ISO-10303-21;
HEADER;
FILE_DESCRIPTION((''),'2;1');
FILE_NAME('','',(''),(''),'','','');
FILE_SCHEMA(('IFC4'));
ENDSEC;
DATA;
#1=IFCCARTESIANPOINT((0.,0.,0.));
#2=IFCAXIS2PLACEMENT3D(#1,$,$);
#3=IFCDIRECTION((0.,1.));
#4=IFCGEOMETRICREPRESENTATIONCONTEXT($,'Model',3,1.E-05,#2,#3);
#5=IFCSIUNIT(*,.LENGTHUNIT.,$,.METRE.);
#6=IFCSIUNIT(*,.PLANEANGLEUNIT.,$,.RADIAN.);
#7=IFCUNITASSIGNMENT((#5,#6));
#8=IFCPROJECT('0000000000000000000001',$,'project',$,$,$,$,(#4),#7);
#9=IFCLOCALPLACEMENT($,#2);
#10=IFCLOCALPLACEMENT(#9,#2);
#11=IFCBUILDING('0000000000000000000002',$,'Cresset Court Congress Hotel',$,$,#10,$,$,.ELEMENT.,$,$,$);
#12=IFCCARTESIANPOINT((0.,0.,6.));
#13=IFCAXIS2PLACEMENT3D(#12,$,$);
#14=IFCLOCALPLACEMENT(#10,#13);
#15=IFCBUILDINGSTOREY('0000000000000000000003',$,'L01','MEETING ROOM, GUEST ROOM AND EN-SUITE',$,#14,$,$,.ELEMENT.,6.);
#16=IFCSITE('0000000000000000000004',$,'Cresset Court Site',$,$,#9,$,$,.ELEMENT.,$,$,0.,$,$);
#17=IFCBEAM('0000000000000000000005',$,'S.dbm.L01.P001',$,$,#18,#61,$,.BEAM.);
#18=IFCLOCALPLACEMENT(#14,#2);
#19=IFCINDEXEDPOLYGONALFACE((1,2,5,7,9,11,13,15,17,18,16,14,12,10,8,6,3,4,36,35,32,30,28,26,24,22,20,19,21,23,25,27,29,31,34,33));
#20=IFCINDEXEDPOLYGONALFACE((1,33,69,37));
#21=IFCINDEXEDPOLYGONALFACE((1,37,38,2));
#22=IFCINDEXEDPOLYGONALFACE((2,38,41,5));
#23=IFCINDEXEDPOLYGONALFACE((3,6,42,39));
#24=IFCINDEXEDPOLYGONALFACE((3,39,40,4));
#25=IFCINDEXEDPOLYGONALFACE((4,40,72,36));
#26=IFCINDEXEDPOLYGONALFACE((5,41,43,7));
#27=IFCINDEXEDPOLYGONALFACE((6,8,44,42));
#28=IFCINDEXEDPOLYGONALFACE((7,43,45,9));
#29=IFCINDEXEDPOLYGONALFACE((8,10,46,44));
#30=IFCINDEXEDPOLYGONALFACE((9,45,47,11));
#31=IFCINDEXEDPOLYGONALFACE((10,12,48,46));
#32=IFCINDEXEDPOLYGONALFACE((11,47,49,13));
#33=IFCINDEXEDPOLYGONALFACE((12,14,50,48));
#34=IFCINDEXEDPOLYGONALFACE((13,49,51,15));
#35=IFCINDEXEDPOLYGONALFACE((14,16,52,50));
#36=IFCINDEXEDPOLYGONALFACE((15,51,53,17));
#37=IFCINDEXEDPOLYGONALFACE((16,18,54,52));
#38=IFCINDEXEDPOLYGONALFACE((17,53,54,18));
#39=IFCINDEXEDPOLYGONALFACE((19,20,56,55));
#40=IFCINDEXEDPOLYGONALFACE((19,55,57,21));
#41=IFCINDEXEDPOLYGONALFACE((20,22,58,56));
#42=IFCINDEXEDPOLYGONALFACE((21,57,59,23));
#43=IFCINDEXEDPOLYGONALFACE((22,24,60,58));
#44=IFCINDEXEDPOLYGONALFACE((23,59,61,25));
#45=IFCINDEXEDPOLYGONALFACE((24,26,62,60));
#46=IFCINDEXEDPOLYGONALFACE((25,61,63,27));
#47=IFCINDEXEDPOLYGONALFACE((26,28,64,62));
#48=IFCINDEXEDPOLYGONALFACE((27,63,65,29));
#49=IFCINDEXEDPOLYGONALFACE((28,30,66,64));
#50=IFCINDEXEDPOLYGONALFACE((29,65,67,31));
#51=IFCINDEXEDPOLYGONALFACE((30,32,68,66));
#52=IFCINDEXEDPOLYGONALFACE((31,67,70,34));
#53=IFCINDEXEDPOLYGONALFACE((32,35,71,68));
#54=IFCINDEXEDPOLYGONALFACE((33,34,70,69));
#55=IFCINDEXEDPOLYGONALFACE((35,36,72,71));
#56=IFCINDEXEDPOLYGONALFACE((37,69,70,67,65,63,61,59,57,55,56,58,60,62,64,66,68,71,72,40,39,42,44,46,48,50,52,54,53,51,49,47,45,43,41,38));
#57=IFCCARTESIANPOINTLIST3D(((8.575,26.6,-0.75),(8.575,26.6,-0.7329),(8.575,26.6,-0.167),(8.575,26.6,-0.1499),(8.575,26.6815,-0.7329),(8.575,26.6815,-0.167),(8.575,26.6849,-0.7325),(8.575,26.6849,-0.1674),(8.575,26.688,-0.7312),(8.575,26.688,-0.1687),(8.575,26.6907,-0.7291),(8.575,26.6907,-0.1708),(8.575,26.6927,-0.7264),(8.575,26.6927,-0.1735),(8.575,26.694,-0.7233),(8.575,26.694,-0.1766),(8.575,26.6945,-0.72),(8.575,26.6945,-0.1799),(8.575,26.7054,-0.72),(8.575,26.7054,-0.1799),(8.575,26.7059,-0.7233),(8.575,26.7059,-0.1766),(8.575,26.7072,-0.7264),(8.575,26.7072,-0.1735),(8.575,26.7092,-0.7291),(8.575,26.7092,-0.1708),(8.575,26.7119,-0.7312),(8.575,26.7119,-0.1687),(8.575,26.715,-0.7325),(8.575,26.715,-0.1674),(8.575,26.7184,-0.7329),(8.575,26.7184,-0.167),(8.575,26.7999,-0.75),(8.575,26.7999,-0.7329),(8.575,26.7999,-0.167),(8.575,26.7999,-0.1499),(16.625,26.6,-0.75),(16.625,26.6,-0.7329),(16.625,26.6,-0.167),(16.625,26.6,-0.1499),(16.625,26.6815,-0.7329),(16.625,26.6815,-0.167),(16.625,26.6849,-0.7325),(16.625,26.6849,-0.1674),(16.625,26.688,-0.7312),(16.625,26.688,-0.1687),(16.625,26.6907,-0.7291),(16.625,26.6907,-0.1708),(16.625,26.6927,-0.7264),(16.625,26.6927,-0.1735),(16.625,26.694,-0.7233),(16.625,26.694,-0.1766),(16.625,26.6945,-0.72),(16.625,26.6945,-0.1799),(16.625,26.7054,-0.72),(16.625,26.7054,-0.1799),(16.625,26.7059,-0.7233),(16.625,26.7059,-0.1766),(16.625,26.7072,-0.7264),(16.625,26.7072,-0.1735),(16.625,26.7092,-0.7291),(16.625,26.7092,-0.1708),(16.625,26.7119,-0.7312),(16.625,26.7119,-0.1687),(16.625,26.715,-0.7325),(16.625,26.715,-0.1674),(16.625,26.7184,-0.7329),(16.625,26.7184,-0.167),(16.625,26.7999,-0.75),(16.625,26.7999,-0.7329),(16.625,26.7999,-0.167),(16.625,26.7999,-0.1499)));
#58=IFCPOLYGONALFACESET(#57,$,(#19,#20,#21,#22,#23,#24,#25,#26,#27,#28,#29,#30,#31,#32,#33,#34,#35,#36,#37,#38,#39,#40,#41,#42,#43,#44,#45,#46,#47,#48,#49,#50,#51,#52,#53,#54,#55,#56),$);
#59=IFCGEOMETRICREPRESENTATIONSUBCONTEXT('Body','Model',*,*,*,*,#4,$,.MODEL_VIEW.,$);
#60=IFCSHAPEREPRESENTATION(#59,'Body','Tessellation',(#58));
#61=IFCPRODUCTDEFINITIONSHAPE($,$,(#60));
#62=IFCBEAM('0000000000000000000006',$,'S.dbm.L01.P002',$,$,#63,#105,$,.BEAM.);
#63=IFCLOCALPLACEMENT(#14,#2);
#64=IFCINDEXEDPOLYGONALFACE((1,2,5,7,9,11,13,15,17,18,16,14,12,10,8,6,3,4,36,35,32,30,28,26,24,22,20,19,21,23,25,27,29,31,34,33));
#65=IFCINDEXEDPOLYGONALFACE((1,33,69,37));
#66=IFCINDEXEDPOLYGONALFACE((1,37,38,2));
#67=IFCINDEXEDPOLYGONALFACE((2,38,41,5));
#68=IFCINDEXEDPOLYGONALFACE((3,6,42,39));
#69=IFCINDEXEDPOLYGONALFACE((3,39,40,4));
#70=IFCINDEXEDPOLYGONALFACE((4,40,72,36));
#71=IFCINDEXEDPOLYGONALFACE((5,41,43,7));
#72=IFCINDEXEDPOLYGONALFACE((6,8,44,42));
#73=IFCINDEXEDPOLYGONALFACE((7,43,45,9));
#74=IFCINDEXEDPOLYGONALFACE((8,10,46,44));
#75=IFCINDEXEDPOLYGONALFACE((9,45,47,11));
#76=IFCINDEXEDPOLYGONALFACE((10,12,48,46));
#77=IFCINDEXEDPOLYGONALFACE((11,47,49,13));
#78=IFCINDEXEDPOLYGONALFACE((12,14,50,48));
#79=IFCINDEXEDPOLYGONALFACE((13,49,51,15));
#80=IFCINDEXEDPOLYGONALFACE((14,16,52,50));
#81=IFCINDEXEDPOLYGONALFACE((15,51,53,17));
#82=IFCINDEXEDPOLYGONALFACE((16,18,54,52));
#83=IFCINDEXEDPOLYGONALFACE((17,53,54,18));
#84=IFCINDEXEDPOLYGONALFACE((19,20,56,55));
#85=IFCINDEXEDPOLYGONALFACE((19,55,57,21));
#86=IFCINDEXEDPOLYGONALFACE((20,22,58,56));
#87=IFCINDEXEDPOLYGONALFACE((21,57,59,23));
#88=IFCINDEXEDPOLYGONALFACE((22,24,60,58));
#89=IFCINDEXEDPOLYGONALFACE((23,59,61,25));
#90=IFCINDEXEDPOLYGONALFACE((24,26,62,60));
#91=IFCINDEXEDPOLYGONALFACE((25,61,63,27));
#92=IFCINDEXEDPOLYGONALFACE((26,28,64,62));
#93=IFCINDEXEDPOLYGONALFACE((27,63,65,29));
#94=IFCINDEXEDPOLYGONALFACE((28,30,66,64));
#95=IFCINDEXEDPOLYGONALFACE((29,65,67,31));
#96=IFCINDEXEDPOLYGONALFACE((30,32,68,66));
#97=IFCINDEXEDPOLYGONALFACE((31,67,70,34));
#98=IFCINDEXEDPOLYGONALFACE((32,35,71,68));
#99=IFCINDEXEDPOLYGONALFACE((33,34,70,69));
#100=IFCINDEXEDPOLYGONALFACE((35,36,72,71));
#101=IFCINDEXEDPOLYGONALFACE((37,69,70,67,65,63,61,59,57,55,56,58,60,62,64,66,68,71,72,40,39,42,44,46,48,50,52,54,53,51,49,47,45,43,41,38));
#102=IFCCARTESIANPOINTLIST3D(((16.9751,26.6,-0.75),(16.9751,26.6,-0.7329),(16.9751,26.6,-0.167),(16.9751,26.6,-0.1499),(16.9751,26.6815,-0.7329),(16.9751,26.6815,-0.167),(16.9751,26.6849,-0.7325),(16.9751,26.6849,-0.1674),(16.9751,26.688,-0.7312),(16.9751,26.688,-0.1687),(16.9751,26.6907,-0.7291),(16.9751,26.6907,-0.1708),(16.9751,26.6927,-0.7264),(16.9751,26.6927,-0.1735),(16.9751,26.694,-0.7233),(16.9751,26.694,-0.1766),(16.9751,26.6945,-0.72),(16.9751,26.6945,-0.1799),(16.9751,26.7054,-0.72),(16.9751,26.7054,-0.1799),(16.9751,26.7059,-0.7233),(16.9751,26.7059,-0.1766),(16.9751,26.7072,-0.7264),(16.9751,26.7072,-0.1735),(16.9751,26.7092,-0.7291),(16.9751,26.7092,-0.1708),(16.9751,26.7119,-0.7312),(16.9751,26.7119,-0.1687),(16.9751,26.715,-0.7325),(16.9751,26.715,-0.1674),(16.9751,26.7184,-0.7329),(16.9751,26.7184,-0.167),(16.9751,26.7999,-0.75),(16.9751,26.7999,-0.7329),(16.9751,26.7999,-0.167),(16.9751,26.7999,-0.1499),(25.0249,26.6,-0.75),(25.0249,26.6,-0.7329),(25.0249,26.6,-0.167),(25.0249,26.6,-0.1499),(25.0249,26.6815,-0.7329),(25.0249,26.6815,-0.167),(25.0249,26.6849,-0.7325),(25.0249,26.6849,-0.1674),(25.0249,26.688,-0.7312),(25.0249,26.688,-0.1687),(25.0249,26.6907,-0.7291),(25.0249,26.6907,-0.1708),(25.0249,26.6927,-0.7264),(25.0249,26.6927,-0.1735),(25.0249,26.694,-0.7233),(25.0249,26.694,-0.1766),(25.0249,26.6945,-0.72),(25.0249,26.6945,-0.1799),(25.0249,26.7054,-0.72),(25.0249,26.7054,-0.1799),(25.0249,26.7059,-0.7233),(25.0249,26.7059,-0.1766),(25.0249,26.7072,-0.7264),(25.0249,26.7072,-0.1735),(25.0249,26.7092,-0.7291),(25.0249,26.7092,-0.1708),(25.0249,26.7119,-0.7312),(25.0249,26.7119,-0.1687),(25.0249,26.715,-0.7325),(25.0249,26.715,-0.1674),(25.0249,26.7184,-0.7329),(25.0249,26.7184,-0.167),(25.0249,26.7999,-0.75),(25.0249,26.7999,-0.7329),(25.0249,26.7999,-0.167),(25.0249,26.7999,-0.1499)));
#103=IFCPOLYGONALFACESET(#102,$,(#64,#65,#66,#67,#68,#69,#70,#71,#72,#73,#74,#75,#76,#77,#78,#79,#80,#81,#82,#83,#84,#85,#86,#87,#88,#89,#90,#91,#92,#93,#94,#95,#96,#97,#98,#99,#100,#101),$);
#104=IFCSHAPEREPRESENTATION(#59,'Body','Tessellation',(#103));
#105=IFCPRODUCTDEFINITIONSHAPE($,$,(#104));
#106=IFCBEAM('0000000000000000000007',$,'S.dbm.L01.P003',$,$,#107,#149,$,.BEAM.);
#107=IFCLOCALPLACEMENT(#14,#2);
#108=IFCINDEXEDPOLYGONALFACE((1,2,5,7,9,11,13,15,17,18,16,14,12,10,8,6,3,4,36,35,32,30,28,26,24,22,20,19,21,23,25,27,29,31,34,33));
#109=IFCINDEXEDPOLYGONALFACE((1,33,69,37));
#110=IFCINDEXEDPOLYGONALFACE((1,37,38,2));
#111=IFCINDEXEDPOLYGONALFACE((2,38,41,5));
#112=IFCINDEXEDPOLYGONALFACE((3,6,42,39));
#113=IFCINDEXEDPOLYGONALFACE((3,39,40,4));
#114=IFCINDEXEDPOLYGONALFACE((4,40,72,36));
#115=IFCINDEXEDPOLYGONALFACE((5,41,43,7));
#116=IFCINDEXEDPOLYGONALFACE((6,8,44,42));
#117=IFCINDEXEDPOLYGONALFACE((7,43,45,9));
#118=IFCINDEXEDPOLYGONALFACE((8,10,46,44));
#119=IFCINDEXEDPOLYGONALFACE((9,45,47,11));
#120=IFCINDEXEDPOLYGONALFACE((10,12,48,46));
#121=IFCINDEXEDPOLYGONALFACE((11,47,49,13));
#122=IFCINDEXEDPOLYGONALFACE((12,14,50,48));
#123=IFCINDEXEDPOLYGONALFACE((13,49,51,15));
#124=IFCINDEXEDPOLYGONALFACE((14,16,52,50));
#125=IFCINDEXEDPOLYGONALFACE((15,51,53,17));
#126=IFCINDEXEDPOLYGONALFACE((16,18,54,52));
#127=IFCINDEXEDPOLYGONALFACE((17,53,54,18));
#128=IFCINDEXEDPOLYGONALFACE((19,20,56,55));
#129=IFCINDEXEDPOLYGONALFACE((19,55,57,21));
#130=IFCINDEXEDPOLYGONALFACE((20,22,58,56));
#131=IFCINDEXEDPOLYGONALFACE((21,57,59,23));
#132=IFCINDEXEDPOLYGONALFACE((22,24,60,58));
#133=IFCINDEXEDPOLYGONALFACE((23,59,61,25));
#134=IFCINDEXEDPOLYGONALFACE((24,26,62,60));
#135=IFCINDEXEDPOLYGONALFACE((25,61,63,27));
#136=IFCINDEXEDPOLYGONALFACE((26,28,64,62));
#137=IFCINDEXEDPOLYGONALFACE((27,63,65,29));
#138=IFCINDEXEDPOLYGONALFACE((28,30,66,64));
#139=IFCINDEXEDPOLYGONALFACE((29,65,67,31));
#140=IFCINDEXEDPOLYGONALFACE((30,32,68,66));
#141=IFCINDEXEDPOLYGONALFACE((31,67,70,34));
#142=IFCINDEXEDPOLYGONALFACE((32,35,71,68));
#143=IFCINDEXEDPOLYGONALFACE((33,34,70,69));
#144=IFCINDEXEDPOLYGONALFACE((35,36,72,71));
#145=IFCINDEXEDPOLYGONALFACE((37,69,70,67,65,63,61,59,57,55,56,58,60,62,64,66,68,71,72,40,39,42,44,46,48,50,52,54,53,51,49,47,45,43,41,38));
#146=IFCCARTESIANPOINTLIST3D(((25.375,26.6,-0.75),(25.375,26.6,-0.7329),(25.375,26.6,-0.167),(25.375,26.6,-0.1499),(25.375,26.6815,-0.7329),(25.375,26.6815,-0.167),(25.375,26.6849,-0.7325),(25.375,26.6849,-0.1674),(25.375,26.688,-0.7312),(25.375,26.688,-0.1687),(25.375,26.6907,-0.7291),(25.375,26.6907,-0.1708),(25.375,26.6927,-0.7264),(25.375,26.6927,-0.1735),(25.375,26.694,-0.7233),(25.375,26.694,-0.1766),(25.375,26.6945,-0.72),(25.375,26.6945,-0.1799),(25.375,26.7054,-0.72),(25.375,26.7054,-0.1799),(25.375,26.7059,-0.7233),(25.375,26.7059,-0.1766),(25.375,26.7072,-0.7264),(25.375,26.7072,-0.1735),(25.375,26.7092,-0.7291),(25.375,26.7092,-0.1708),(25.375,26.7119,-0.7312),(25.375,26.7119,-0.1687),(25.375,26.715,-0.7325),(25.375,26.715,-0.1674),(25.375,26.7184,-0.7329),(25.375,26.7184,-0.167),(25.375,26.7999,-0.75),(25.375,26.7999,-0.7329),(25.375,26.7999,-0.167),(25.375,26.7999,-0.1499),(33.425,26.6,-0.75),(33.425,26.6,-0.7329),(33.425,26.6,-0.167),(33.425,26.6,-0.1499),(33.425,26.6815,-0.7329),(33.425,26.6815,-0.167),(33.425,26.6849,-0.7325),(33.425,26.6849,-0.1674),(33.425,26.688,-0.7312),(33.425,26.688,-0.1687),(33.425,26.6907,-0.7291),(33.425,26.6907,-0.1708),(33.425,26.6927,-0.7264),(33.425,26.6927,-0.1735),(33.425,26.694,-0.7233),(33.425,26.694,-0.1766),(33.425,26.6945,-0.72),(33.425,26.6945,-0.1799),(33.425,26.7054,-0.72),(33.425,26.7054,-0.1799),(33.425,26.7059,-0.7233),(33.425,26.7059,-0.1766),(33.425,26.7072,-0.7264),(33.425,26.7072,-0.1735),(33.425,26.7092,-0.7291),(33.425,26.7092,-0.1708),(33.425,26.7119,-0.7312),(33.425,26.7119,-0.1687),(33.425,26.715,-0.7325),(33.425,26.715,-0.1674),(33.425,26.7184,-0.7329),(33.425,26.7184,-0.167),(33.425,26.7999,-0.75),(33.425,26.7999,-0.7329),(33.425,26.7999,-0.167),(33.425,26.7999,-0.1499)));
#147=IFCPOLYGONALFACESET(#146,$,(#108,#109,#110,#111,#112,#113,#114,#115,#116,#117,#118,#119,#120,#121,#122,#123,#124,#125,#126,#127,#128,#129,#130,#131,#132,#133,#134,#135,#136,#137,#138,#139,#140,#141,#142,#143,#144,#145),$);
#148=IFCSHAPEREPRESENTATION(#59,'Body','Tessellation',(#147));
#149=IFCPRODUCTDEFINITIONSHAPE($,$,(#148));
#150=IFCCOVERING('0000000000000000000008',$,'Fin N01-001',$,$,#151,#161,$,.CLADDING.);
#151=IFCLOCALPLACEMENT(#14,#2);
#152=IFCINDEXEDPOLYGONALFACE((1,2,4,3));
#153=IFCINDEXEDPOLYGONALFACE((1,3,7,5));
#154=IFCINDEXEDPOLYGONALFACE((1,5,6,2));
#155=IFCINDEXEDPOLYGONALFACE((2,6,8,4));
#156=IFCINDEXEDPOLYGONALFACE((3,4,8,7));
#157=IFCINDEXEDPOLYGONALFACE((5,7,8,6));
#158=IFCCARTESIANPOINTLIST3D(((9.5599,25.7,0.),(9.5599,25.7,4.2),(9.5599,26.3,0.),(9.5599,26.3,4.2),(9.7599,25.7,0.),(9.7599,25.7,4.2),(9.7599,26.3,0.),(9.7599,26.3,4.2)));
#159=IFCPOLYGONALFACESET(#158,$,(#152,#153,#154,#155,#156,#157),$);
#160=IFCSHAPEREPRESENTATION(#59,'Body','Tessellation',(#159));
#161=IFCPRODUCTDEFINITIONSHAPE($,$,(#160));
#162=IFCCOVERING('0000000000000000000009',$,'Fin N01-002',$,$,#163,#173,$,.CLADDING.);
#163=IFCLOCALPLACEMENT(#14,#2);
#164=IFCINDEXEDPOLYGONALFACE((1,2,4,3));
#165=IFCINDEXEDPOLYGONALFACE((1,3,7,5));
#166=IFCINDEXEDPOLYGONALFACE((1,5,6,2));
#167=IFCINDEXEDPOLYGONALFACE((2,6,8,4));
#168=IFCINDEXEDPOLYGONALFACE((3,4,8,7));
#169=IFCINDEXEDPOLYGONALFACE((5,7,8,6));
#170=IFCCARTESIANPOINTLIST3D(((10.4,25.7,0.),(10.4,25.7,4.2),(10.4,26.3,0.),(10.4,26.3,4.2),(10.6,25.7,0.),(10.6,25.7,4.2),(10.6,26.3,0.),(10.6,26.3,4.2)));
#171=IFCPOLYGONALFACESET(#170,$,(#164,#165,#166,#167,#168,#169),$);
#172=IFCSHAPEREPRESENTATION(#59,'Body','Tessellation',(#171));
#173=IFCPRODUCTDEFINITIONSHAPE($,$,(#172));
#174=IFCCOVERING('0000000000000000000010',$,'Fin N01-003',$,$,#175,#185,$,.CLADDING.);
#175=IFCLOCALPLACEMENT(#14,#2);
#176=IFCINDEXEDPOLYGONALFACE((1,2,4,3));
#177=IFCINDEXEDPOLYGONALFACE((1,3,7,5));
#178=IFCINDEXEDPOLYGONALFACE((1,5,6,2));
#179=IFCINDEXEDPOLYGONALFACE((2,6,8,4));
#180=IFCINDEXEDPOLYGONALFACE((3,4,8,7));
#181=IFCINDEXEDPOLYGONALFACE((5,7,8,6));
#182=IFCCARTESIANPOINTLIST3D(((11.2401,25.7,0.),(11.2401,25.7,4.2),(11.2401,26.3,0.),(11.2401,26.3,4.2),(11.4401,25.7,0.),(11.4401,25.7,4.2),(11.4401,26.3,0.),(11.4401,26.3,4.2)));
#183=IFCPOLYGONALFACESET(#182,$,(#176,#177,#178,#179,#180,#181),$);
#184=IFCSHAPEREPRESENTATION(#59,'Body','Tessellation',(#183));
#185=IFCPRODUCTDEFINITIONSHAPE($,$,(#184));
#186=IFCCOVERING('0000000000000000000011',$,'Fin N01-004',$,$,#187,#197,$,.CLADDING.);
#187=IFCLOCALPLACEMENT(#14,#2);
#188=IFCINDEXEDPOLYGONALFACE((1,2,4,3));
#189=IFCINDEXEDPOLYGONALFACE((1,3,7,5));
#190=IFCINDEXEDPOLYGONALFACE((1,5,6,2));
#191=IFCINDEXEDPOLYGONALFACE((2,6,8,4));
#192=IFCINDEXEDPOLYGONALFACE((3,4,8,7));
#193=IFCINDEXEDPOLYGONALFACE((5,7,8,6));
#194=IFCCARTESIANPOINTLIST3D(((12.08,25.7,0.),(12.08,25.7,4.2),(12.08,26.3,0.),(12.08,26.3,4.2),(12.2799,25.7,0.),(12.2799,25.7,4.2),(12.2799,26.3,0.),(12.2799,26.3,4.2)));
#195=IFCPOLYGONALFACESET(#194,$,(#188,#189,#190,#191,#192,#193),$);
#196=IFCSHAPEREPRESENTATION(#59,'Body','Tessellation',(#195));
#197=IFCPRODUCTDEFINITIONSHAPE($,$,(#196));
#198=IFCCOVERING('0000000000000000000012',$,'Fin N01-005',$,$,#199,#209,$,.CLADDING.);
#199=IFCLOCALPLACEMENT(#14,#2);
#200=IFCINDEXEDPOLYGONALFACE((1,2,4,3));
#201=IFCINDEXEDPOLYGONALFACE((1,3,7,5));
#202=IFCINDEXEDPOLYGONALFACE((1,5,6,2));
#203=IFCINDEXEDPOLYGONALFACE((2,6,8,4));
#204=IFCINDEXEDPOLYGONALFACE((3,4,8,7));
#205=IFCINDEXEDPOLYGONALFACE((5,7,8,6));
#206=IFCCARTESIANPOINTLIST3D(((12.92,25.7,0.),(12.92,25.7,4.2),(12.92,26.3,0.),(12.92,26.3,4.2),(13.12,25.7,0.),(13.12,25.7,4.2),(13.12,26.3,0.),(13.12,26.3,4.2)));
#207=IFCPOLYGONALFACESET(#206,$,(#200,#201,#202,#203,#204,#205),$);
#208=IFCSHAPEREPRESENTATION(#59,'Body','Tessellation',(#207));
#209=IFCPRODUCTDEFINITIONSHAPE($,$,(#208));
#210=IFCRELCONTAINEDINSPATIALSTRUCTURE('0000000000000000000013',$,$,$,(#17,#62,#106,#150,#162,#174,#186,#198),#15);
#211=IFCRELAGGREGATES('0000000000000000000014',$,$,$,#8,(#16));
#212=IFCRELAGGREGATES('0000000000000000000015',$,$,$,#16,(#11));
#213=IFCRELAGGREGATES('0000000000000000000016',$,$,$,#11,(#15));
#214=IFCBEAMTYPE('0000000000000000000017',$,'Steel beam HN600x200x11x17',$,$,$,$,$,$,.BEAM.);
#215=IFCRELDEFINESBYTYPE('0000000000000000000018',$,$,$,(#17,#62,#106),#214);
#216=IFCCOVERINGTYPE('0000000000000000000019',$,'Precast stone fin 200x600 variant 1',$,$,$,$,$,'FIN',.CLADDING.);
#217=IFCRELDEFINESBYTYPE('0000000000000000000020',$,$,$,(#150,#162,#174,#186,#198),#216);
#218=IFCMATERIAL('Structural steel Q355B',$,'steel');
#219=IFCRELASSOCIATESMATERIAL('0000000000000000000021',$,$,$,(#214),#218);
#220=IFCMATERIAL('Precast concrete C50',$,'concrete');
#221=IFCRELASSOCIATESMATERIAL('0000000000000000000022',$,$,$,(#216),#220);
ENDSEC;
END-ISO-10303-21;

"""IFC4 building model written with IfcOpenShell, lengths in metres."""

from ifc_helpers import new_model, si_unit, direction, frame, origin, origin_2d, place, context, subcontext, project, spatial, rectangle, i_section, extrude, material, material_profile, profile_set, type_object, element, save


model = new_model("IFC4")

# Units and contexts
model_context = context("Model", 3, precision=1e-05, world=origin(), true_north=direction((0.0, 1.0)))
body_context = subcontext(model_context, "Body", "Model", "MODEL_VIEW")
ifc_project = project(units=[si_unit("LENGTHUNIT", "METRE"), si_unit("PLANEANGLEUNIT", "RADIAN")], contexts=[model_context])

# Site, building, storey
site_placement = place(None, origin())
site = spatial("IfcSite", under=ifc_project, at=site_placement, Name="Cresset Court Site", CompositionType="ELEMENT", RefElevation=0.0)
building_placement = place(site_placement, origin())
building = spatial("IfcBuilding", under=site, at=building_placement, Name="Cresset Court Congress Hotel", CompositionType="ELEMENT")
storey_placement = place(building_placement, frame((0.0, 0.0, 6.0)))
storey = spatial("IfcBuildingStorey", under=building, at=storey_placement, Name="L01", Description="MEETING ROOM, GUEST ROOM AND EN-SUITE", CompositionType="ELEMENT", Elevation=6.0)

# Beams
ifc_material_1 = material(Name="Structural steel Q355B", Category="steel")
ifc_material_profile_1 = material_profile(ifc_material_1, i_section(OverallWidth=0.2, OverallDepth=0.6001, WebThickness=0.011, FlangeThickness=0.0171, FilletRadius=0.0129, at=origin_2d()), Name="HN600x200x11x17")
ifc_profile_set_1 = profile_set([ifc_material_profile_1], Name="Structural steel Q355B")
beam_type_1 = type_object("IfcBeamType", Name="Steel beam HN600x200x11x17", PredefinedType="BEAM", material=ifc_profile_set_1)
beam_1_placement = place(storey_placement, frame((8.575, 26.7, -0.45), z_axis=(1.0, 0.0, 0.0), x_axis=(0.0, 1.0, 0.0)))
element("IfcBeam", 1, at=beam_1_placement, inside=storey, type_object=beam_type_1, Name="S.dbm.L01.P001", PredefinedType="BEAM", context=body_context, shape_type="SweptSolid", body=[
    extrude(i_section(OverallWidth=0.2, OverallDepth=0.6001, WebThickness=0.011, FlangeThickness=0.0171, FilletRadius=0.0129, at=origin_2d()), origin(), (0.0, 0.0, 1.0), 8.05),
])
beam_2_placement = place(storey_placement, frame((16.9751, 26.7, -0.45), z_axis=(1.0, 0.0, 0.0), x_axis=(0.0, 1.0, 0.0)))
element("IfcBeam", 2, at=beam_2_placement, inside=storey, type_object=beam_type_1, Name="S.dbm.L01.P002", PredefinedType="BEAM", context=body_context, shape_type="SweptSolid", body=[
    extrude(i_section(OverallWidth=0.2, OverallDepth=0.6001, WebThickness=0.011, FlangeThickness=0.0171, FilletRadius=0.0129, at=origin_2d()), origin(), (0.0, 0.0, 1.0), 8.0498),
])
beam_3_placement = place(storey_placement, frame((25.375, 26.7, -0.45), z_axis=(1.0, 0.0, 0.0), x_axis=(0.0, 1.0, 0.0)))
element("IfcBeam", 3, at=beam_3_placement, inside=storey, type_object=beam_type_1, Name="S.dbm.L01.P003", PredefinedType="BEAM", context=body_context, shape_type="SweptSolid", body=[
    extrude(i_section(OverallWidth=0.2, OverallDepth=0.6001, WebThickness=0.011, FlangeThickness=0.0171, FilletRadius=0.0129, at=origin_2d()), origin(), (0.0, 0.0, 1.0), 8.05),
])

# Coverings
ifc_material_2 = material(Name="Precast concrete C50", Category="concrete")
covering_type = type_object("IfcCoveringType", Name="Precast stone fin 200x600 variant 1", ElementType="FIN", PredefinedType="CLADDING", material=ifc_material_2)
for number, where, z_axis, x_axis, name in (
    (4, (9.6599, 26.0, 0.0), (0.0, 0.0, 1.0), (1.0, 0.0, 0.0), "Fin N01-001"),
    (5, (10.5, 26.0, 0.0), (0.0, 0.0, 1.0), (1.0, 0.0, 0.0), "Fin N01-002"),
    (6, (11.3401, 26.0, 0.0), (0.0, 0.0, 1.0), (1.0, 0.0, 0.0), "Fin N01-003"),
    (7, (12.1799, 26.0, 0.0), (0.0, 0.0, 1.0), (1.0, 0.0, 0.0), "Fin N01-004"),
    (8, (13.02, 26.0, 0.0), (0.0, 0.0, 1.0), (1.0, 0.0, 0.0), "Fin N01-005"),
):
    element("IfcCovering", number, at=place(storey_placement, frame(where, z_axis=z_axis, x_axis=x_axis)), inside=storey, type_object=covering_type, Name=name, PredefinedType="CLADDING", context=body_context, shape_type="SweptSolid", body=[
        extrude(rectangle(XDim=0.2, YDim=0.6001, at=origin_2d()), origin(), (0.0, 0.0, 1.0), 4.2),
    ])

save(model, "model.ifc")
